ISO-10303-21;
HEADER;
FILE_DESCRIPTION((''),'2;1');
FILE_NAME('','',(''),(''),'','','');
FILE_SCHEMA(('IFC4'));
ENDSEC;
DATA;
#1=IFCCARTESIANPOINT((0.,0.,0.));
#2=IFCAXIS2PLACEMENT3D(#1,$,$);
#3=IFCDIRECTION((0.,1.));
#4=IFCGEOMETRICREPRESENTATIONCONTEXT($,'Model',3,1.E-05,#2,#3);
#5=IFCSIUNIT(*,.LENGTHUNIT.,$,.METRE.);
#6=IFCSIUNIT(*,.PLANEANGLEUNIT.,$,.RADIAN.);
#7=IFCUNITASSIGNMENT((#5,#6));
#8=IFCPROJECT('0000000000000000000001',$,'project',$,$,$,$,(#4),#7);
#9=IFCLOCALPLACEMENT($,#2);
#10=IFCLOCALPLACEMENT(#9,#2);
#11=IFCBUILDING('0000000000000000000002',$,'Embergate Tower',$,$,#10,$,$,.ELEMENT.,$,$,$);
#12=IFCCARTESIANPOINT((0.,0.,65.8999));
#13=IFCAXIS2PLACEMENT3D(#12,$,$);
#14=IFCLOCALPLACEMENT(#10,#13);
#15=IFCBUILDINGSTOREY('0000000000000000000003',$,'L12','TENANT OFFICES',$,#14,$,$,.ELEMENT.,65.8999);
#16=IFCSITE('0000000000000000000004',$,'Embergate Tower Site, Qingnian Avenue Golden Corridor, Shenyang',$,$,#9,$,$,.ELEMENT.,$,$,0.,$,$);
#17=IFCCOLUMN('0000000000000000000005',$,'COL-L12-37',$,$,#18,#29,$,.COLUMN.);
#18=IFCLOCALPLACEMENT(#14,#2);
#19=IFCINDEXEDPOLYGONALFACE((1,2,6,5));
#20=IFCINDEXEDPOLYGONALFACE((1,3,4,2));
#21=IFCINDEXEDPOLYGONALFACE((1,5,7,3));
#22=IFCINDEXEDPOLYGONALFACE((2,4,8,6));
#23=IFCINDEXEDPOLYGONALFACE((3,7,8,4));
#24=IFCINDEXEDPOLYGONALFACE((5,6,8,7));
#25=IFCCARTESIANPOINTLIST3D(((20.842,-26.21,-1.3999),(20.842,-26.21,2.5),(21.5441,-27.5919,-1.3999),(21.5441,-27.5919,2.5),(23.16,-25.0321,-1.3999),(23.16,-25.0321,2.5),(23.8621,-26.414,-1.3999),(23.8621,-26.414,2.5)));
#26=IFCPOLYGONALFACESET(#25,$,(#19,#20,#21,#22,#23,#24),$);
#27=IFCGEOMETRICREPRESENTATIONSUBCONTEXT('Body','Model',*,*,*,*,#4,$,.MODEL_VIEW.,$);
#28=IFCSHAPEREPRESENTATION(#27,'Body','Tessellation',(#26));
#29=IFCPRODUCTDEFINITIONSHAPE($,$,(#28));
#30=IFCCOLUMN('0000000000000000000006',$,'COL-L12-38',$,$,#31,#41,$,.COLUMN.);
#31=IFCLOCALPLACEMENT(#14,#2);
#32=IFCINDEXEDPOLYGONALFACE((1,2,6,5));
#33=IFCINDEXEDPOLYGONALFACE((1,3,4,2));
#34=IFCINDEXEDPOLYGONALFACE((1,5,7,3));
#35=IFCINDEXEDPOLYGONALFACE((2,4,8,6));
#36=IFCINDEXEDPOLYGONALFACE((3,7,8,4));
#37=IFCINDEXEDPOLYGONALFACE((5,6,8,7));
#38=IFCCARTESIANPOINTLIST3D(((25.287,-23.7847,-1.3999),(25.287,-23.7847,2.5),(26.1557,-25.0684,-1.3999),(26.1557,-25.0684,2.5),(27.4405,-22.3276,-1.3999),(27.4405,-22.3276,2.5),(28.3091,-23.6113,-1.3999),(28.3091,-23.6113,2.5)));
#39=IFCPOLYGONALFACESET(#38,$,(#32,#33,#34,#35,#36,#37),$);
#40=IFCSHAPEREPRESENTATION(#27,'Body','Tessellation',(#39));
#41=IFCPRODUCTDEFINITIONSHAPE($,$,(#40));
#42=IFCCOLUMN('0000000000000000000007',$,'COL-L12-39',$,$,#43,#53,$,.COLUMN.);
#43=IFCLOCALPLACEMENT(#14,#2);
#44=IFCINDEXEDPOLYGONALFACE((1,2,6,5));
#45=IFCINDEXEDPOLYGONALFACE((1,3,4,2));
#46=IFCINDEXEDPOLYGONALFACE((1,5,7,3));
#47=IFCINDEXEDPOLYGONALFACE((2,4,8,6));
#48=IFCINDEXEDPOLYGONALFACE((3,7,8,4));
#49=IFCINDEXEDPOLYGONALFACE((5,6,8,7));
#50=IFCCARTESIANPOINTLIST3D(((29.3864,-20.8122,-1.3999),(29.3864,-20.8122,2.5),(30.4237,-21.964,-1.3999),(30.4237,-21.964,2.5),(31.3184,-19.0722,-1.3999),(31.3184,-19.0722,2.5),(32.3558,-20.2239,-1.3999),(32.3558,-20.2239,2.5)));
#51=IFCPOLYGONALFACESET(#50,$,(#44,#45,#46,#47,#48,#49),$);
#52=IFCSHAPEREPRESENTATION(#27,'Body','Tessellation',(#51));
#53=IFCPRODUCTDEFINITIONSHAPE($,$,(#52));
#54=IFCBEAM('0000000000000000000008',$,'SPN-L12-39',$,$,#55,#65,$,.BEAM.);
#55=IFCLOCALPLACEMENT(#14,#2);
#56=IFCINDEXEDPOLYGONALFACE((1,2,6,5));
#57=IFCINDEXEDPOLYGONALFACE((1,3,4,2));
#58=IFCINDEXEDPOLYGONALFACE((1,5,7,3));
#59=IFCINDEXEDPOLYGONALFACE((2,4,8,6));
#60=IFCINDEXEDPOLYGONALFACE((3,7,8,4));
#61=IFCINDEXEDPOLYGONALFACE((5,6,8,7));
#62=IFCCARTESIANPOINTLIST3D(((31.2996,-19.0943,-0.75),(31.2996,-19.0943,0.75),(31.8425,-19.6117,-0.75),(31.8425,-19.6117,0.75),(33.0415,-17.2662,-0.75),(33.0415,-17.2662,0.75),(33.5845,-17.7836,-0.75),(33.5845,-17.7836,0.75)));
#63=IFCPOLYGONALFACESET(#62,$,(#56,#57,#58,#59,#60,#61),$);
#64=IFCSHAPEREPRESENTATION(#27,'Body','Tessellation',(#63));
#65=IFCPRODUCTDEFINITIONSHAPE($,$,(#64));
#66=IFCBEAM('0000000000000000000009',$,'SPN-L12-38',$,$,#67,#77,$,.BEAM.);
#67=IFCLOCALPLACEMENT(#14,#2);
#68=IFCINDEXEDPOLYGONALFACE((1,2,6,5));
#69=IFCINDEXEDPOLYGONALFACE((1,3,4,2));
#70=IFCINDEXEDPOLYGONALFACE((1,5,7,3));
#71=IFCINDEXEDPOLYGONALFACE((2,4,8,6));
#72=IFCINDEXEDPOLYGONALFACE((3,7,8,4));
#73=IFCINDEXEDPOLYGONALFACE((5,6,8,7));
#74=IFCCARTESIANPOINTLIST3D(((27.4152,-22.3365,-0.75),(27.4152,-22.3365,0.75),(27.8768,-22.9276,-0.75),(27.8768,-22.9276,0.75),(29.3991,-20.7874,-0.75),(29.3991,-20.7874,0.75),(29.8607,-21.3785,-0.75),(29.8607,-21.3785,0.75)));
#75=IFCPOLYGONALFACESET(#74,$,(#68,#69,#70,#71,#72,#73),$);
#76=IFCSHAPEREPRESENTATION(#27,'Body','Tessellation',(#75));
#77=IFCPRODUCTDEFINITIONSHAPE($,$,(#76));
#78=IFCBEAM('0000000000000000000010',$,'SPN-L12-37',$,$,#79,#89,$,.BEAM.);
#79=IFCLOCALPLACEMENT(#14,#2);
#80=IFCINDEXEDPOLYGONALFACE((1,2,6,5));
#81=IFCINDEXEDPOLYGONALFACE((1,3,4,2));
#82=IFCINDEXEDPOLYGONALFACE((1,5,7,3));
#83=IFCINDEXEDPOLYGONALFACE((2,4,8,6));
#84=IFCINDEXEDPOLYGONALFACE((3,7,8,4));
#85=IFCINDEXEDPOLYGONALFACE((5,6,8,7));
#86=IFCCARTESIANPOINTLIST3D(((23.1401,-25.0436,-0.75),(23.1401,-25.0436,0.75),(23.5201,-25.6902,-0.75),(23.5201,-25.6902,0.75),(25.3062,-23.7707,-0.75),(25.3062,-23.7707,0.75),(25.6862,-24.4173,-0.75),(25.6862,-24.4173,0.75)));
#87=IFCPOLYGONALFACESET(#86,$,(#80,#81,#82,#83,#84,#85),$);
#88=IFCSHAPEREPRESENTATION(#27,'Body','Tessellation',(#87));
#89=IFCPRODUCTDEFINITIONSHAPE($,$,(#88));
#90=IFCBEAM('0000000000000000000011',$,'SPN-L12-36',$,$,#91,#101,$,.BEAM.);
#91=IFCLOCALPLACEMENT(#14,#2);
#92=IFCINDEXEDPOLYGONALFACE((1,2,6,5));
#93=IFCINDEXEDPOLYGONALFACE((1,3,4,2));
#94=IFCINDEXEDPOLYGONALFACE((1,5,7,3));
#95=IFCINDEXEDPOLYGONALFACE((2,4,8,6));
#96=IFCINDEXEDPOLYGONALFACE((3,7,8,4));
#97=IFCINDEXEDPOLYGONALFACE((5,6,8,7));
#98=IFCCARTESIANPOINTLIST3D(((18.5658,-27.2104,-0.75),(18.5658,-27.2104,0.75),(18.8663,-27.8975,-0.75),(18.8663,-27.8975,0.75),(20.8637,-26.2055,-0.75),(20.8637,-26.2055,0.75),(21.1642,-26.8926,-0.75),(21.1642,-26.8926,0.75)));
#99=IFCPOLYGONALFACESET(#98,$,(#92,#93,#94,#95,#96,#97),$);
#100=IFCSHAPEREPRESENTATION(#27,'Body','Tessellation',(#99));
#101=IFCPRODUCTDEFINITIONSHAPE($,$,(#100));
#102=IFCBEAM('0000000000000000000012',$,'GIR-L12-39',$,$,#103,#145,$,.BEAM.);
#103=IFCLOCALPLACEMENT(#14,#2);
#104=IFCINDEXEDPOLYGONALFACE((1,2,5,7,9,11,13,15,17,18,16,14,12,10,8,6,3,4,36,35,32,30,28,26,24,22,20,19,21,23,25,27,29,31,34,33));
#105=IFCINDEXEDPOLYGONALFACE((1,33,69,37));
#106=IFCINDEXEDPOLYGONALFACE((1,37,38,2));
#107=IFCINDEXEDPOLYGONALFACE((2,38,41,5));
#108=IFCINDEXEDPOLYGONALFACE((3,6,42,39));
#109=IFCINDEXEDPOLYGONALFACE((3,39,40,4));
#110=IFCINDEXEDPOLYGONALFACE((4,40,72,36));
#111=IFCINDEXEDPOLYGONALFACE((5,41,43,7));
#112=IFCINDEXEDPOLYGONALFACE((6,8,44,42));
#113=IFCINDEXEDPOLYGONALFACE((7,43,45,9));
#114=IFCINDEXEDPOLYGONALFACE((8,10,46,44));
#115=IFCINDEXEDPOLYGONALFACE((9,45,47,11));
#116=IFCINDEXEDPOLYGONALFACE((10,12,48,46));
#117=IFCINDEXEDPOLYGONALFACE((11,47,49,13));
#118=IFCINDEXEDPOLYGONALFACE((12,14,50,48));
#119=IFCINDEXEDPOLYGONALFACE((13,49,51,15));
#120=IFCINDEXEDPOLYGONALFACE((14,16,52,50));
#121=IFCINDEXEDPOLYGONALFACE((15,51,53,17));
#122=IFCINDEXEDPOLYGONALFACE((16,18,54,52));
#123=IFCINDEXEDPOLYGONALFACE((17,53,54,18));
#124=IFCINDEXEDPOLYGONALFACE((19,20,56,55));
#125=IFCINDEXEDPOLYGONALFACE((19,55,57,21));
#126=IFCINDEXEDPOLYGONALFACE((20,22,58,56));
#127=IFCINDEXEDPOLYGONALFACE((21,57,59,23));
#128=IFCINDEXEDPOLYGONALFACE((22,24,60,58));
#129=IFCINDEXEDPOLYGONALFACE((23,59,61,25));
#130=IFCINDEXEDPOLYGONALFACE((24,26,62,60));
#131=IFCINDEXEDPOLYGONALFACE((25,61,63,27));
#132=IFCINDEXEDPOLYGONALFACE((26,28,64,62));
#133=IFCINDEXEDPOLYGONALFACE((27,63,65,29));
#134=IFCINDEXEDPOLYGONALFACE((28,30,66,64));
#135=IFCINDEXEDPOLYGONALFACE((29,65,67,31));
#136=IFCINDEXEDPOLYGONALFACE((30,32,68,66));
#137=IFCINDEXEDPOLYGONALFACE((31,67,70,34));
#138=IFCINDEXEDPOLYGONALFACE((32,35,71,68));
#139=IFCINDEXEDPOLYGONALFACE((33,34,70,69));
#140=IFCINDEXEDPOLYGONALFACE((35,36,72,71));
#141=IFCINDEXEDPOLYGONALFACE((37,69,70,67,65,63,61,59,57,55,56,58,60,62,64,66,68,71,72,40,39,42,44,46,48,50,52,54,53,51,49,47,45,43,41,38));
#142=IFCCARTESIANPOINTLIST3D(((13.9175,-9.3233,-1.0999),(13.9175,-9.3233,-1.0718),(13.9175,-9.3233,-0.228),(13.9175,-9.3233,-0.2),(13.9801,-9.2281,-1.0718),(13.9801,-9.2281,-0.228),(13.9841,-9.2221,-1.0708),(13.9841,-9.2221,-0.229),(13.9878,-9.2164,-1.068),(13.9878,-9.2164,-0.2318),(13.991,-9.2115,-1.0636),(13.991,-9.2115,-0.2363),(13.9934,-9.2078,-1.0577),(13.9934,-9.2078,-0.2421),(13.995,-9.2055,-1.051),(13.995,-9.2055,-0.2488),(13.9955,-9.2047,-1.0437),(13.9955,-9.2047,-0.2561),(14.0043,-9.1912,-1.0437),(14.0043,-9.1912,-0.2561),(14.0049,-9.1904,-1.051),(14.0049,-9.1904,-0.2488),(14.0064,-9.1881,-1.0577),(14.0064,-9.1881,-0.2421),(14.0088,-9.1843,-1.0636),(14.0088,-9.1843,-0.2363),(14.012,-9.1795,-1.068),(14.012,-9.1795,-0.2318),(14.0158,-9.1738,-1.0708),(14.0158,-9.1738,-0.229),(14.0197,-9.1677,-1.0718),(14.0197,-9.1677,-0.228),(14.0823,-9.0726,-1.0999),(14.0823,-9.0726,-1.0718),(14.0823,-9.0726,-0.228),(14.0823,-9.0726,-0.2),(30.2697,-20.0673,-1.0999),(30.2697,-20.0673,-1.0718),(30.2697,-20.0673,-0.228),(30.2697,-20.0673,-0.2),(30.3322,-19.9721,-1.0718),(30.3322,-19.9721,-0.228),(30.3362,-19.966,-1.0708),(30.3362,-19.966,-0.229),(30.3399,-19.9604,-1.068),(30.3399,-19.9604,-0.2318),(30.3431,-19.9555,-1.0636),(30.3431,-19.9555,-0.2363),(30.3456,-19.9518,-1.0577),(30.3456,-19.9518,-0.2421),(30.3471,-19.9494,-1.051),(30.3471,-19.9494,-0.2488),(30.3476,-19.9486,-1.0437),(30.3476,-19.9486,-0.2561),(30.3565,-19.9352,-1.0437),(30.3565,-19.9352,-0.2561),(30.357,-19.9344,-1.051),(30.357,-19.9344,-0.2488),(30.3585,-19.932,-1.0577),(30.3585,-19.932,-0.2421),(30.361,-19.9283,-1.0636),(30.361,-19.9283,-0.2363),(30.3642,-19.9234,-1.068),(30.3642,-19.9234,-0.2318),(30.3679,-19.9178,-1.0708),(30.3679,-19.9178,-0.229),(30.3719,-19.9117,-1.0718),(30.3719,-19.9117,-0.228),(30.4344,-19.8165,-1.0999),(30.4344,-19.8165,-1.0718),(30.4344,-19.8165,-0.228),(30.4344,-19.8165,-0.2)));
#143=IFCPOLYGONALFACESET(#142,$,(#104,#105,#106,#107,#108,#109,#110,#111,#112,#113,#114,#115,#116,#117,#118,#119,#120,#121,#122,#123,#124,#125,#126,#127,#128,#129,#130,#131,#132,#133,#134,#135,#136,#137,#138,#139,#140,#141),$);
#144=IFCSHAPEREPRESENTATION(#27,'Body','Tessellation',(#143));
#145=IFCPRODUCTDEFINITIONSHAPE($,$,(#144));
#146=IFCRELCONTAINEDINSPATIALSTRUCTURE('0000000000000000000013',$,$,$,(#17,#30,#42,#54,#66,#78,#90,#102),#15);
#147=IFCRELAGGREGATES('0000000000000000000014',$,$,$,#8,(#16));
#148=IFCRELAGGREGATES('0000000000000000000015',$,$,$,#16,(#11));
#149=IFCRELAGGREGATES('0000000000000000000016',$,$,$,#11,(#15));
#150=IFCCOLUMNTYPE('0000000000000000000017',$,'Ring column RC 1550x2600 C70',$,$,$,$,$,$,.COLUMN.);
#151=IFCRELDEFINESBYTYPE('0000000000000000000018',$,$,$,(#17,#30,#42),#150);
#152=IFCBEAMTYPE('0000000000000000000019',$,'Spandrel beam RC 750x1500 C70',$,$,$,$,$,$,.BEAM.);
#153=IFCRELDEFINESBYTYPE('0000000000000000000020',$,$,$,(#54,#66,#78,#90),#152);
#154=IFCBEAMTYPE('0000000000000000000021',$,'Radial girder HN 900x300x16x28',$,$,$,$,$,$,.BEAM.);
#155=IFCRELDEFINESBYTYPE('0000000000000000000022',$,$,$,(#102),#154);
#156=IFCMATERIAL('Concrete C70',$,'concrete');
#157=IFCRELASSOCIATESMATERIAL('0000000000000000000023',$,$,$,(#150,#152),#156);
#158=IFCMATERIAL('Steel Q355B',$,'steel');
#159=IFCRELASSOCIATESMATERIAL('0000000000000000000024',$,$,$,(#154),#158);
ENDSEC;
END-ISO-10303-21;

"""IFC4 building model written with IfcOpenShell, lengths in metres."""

from ifc_helpers import new_model, si_unit, direction, frame, origin, origin_2d, place, context, subcontext, project, spatial, rectangle, i_section, extrude, source, transform, mapped, material, material_profile, profile_set, type_object, element, save


model = new_model("IFC4")

# Units and contexts
model_context = context("Model", 3, precision=1e-05, world=origin(), true_north=direction((0.0, 1.0)))
body_context = subcontext(model_context, "Body", "Model", "MODEL_VIEW")
ifc_project = project(units=[si_unit("LENGTHUNIT", "METRE"), si_unit("PLANEANGLEUNIT", "RADIAN")], contexts=[model_context])

# Site, building, storey
site_placement = place(None, origin())
site = spatial("IfcSite", under=ifc_project, at=site_placement, Name="Embergate Tower Site, Qingnian Avenue Golden Corridor, Shenyang", CompositionType="ELEMENT", RefElevation=0.0)
building_placement = place(site_placement, origin())
building = spatial("IfcBuilding", under=site, at=building_placement, Name="Embergate Tower", CompositionType="ELEMENT")
storey_placement = place(building_placement, frame((0.0, 0.0, 65.8999)))
storey = spatial("IfcBuildingStorey", under=building, at=storey_placement, Name="L12", Description="TENANT OFFICES", CompositionType="ELEMENT", Elevation=65.8999)

# Columns
ifc_material_1 = material(Name="Concrete C70", Category="concrete")
ifc_material_profile_1 = material_profile(ifc_material_1, rectangle(XDim=1.55, YDim=2.6001, at=origin_2d()), Name="RC 1550x2600")
ifc_profile_set_1 = profile_set([ifc_material_profile_1], Name="Concrete C70")
column_type = type_object("IfcColumnType", Name="Ring column RC 1550x2600 C70", PredefinedType="COLUMN", material=ifc_profile_set_1)
shared_shape_1 = source(origin(), body_context, "Body", "SweptSolid", [
    extrude(rectangle(XDim=1.55, YDim=2.6001, at=origin_2d()), origin(), (0.0, 0.0, 1.0), 3.8999),
])
for number, where, z_axis, x_axis, name in (
    (1, (22.3521, -26.312, -1.3999), (0.0, 0.0, 1.0), (0.453011, -0.891505, 0.0), "COL-L12-37"),
    (2, (26.7981, -23.698, -1.3999), (0.0, 0.0, 1.0), (0.560408, -0.828217, 0.0), "COL-L12-38"),
    (3, (30.8711, -20.5181, -1.3999), (0.0, 0.0, 1.0), (0.669221, -0.743063, 0.0), "COL-L12-39"),
):
    element("IfcColumn", number, at=place(storey_placement, frame(where, z_axis=z_axis, x_axis=x_axis)), inside=storey, type_object=column_type, Name=name, PredefinedType="COLUMN", context=body_context, shape_type="MappedRepresentation", body=[
        mapped(shared_shape_1, transform((0.0, 0.0, 0.0))),
    ])

# Beams
ifc_material_profile_2 = material_profile(ifc_material_1, rectangle(XDim=0.75, YDim=1.5, at=origin_2d()), Name="RC 750x1500")
ifc_profile_set_2 = profile_set([ifc_material_profile_2], Name="Concrete C70")
beam_type_1 = type_object("IfcBeamType", Name="Spandrel beam RC 750x1500 C70", PredefinedType="BEAM", material=ifc_profile_set_2)
shared_shape_2 = source(origin(), body_context, "Body", "SweptSolid", [
    extrude(rectangle(XDim=0.75, YDim=1.5, at=origin_2d()), origin(), (0.0, 0.0, 1.0), 2.5251),
])
beam_1_placement = place(storey_placement, frame((31.571, -19.353, 0.0), z_axis=(0.689836, 0.723965, 0.0), x_axis=(-0.723965, 0.689836, 0.0)))
element("IfcBeam", 4, at=beam_1_placement, inside=storey, type_object=beam_type_1, Name="SPN-L12-39", PredefinedType="BEAM", context=body_context, shape_type="MappedRepresentation", body=[
    mapped(shared_shape_2, transform((0.0, 0.0, 0.0))),
])
shared_shape_3 = source(origin(), body_context, "Body", "SweptSolid", [
    extrude(rectangle(XDim=0.75, YDim=1.5, at=origin_2d()), origin(), (0.0, 0.0, 1.0), 2.5171),
])
beam_2_placement = place(storey_placement, frame((27.646, -22.6321, 0.0), z_axis=(0.788186, 0.615437, 0.0), x_axis=(-0.615437, 0.788186, 0.0)))
element("IfcBeam", 5, at=beam_2_placement, inside=storey, type_object=beam_type_1, Name="SPN-L12-38", PredefinedType="BEAM", context=body_context, shape_type="MappedRepresentation", body=[
    mapped(shared_shape_3, transform((0.0, 0.0, 0.0))),
])
shared_shape_4 = source(origin(), body_context, "Body", "SweptSolid", [
    extrude(rectangle(XDim=0.75, YDim=1.5, at=origin_2d()), origin(), (0.0, 0.0, 1.0), 2.5125),
])
beam_3_placement = place(storey_placement, frame((23.3301, -25.3669, 0.0), z_axis=(0.862139, 0.506672, 0.0), x_axis=(-0.506672, 0.862139, 0.0)))
element("IfcBeam", 6, at=beam_3_placement, inside=storey, type_object=beam_type_1, Name="SPN-L12-37", PredefinedType="BEAM", context=body_context, shape_type="MappedRepresentation", body=[
    mapped(shared_shape_4, transform((0.0, 0.0, 0.0))),
])
shared_shape_5 = source(origin(), body_context, "Body", "SweptSolid", [
    extrude(rectangle(XDim=0.75, YDim=1.5, at=origin_2d()), origin(), (0.0, 0.0, 1.0), 2.5081),
])
beam_4_placement = place(storey_placement, frame((18.7161, -27.554, 0.0), z_axis=(0.91622, 0.400676, 0.0), x_axis=(-0.400676, 0.91622, 0.0)))
element("IfcBeam", 7, at=beam_4_placement, inside=storey, type_object=beam_type_1, Name="SPN-L12-36", PredefinedType="BEAM", context=body_context, shape_type="MappedRepresentation", body=[
    mapped(shared_shape_5, transform((0.0, 0.0, 0.0))),
])
ifc_material_2 = material(Name="Steel Q355B", Category="steel")
ifc_material_profile_3 = material_profile(ifc_material_2, i_section(OverallWidth=0.3, OverallDepth=0.8999, WebThickness=0.0161, FlangeThickness=0.0281, FilletRadius=0.0281, at=origin_2d()), Name="HN 900x300x16x28")
ifc_profile_set_3 = profile_set([ifc_material_profile_3], Name="Steel Q355 grade B")
beam_type_2 = type_object("IfcBeamType", Name="Radial girder HN 900x300x16x28", PredefinedType="BEAM", material=ifc_profile_set_3)
shared_shape_6 = source(origin(), body_context, "Body", "SweptSolid", [
    extrude(i_section(OverallWidth=0.3, OverallDepth=0.8999, WebThickness=0.0161, FlangeThickness=0.0281, FilletRadius=0.0281, at=origin_2d()), origin(), (0.0, 0.0, 1.0), 19.5659),
])
beam_5_placement = place(storey_placement, frame((30.3521, -19.9419, -0.6499), z_axis=(-0.835746, 0.549116, 0.0), x_axis=(-0.549116, -0.835746, 0.0)))
element("IfcBeam", 8, at=beam_5_placement, inside=storey, type_object=beam_type_2, Name="GIR-L12-39", PredefinedType="BEAM", context=body_context, shape_type="MappedRepresentation", body=[
    mapped(shared_shape_6, transform((0.0, 0.0, 0.0))),
])

save(model, "model.ifc")
